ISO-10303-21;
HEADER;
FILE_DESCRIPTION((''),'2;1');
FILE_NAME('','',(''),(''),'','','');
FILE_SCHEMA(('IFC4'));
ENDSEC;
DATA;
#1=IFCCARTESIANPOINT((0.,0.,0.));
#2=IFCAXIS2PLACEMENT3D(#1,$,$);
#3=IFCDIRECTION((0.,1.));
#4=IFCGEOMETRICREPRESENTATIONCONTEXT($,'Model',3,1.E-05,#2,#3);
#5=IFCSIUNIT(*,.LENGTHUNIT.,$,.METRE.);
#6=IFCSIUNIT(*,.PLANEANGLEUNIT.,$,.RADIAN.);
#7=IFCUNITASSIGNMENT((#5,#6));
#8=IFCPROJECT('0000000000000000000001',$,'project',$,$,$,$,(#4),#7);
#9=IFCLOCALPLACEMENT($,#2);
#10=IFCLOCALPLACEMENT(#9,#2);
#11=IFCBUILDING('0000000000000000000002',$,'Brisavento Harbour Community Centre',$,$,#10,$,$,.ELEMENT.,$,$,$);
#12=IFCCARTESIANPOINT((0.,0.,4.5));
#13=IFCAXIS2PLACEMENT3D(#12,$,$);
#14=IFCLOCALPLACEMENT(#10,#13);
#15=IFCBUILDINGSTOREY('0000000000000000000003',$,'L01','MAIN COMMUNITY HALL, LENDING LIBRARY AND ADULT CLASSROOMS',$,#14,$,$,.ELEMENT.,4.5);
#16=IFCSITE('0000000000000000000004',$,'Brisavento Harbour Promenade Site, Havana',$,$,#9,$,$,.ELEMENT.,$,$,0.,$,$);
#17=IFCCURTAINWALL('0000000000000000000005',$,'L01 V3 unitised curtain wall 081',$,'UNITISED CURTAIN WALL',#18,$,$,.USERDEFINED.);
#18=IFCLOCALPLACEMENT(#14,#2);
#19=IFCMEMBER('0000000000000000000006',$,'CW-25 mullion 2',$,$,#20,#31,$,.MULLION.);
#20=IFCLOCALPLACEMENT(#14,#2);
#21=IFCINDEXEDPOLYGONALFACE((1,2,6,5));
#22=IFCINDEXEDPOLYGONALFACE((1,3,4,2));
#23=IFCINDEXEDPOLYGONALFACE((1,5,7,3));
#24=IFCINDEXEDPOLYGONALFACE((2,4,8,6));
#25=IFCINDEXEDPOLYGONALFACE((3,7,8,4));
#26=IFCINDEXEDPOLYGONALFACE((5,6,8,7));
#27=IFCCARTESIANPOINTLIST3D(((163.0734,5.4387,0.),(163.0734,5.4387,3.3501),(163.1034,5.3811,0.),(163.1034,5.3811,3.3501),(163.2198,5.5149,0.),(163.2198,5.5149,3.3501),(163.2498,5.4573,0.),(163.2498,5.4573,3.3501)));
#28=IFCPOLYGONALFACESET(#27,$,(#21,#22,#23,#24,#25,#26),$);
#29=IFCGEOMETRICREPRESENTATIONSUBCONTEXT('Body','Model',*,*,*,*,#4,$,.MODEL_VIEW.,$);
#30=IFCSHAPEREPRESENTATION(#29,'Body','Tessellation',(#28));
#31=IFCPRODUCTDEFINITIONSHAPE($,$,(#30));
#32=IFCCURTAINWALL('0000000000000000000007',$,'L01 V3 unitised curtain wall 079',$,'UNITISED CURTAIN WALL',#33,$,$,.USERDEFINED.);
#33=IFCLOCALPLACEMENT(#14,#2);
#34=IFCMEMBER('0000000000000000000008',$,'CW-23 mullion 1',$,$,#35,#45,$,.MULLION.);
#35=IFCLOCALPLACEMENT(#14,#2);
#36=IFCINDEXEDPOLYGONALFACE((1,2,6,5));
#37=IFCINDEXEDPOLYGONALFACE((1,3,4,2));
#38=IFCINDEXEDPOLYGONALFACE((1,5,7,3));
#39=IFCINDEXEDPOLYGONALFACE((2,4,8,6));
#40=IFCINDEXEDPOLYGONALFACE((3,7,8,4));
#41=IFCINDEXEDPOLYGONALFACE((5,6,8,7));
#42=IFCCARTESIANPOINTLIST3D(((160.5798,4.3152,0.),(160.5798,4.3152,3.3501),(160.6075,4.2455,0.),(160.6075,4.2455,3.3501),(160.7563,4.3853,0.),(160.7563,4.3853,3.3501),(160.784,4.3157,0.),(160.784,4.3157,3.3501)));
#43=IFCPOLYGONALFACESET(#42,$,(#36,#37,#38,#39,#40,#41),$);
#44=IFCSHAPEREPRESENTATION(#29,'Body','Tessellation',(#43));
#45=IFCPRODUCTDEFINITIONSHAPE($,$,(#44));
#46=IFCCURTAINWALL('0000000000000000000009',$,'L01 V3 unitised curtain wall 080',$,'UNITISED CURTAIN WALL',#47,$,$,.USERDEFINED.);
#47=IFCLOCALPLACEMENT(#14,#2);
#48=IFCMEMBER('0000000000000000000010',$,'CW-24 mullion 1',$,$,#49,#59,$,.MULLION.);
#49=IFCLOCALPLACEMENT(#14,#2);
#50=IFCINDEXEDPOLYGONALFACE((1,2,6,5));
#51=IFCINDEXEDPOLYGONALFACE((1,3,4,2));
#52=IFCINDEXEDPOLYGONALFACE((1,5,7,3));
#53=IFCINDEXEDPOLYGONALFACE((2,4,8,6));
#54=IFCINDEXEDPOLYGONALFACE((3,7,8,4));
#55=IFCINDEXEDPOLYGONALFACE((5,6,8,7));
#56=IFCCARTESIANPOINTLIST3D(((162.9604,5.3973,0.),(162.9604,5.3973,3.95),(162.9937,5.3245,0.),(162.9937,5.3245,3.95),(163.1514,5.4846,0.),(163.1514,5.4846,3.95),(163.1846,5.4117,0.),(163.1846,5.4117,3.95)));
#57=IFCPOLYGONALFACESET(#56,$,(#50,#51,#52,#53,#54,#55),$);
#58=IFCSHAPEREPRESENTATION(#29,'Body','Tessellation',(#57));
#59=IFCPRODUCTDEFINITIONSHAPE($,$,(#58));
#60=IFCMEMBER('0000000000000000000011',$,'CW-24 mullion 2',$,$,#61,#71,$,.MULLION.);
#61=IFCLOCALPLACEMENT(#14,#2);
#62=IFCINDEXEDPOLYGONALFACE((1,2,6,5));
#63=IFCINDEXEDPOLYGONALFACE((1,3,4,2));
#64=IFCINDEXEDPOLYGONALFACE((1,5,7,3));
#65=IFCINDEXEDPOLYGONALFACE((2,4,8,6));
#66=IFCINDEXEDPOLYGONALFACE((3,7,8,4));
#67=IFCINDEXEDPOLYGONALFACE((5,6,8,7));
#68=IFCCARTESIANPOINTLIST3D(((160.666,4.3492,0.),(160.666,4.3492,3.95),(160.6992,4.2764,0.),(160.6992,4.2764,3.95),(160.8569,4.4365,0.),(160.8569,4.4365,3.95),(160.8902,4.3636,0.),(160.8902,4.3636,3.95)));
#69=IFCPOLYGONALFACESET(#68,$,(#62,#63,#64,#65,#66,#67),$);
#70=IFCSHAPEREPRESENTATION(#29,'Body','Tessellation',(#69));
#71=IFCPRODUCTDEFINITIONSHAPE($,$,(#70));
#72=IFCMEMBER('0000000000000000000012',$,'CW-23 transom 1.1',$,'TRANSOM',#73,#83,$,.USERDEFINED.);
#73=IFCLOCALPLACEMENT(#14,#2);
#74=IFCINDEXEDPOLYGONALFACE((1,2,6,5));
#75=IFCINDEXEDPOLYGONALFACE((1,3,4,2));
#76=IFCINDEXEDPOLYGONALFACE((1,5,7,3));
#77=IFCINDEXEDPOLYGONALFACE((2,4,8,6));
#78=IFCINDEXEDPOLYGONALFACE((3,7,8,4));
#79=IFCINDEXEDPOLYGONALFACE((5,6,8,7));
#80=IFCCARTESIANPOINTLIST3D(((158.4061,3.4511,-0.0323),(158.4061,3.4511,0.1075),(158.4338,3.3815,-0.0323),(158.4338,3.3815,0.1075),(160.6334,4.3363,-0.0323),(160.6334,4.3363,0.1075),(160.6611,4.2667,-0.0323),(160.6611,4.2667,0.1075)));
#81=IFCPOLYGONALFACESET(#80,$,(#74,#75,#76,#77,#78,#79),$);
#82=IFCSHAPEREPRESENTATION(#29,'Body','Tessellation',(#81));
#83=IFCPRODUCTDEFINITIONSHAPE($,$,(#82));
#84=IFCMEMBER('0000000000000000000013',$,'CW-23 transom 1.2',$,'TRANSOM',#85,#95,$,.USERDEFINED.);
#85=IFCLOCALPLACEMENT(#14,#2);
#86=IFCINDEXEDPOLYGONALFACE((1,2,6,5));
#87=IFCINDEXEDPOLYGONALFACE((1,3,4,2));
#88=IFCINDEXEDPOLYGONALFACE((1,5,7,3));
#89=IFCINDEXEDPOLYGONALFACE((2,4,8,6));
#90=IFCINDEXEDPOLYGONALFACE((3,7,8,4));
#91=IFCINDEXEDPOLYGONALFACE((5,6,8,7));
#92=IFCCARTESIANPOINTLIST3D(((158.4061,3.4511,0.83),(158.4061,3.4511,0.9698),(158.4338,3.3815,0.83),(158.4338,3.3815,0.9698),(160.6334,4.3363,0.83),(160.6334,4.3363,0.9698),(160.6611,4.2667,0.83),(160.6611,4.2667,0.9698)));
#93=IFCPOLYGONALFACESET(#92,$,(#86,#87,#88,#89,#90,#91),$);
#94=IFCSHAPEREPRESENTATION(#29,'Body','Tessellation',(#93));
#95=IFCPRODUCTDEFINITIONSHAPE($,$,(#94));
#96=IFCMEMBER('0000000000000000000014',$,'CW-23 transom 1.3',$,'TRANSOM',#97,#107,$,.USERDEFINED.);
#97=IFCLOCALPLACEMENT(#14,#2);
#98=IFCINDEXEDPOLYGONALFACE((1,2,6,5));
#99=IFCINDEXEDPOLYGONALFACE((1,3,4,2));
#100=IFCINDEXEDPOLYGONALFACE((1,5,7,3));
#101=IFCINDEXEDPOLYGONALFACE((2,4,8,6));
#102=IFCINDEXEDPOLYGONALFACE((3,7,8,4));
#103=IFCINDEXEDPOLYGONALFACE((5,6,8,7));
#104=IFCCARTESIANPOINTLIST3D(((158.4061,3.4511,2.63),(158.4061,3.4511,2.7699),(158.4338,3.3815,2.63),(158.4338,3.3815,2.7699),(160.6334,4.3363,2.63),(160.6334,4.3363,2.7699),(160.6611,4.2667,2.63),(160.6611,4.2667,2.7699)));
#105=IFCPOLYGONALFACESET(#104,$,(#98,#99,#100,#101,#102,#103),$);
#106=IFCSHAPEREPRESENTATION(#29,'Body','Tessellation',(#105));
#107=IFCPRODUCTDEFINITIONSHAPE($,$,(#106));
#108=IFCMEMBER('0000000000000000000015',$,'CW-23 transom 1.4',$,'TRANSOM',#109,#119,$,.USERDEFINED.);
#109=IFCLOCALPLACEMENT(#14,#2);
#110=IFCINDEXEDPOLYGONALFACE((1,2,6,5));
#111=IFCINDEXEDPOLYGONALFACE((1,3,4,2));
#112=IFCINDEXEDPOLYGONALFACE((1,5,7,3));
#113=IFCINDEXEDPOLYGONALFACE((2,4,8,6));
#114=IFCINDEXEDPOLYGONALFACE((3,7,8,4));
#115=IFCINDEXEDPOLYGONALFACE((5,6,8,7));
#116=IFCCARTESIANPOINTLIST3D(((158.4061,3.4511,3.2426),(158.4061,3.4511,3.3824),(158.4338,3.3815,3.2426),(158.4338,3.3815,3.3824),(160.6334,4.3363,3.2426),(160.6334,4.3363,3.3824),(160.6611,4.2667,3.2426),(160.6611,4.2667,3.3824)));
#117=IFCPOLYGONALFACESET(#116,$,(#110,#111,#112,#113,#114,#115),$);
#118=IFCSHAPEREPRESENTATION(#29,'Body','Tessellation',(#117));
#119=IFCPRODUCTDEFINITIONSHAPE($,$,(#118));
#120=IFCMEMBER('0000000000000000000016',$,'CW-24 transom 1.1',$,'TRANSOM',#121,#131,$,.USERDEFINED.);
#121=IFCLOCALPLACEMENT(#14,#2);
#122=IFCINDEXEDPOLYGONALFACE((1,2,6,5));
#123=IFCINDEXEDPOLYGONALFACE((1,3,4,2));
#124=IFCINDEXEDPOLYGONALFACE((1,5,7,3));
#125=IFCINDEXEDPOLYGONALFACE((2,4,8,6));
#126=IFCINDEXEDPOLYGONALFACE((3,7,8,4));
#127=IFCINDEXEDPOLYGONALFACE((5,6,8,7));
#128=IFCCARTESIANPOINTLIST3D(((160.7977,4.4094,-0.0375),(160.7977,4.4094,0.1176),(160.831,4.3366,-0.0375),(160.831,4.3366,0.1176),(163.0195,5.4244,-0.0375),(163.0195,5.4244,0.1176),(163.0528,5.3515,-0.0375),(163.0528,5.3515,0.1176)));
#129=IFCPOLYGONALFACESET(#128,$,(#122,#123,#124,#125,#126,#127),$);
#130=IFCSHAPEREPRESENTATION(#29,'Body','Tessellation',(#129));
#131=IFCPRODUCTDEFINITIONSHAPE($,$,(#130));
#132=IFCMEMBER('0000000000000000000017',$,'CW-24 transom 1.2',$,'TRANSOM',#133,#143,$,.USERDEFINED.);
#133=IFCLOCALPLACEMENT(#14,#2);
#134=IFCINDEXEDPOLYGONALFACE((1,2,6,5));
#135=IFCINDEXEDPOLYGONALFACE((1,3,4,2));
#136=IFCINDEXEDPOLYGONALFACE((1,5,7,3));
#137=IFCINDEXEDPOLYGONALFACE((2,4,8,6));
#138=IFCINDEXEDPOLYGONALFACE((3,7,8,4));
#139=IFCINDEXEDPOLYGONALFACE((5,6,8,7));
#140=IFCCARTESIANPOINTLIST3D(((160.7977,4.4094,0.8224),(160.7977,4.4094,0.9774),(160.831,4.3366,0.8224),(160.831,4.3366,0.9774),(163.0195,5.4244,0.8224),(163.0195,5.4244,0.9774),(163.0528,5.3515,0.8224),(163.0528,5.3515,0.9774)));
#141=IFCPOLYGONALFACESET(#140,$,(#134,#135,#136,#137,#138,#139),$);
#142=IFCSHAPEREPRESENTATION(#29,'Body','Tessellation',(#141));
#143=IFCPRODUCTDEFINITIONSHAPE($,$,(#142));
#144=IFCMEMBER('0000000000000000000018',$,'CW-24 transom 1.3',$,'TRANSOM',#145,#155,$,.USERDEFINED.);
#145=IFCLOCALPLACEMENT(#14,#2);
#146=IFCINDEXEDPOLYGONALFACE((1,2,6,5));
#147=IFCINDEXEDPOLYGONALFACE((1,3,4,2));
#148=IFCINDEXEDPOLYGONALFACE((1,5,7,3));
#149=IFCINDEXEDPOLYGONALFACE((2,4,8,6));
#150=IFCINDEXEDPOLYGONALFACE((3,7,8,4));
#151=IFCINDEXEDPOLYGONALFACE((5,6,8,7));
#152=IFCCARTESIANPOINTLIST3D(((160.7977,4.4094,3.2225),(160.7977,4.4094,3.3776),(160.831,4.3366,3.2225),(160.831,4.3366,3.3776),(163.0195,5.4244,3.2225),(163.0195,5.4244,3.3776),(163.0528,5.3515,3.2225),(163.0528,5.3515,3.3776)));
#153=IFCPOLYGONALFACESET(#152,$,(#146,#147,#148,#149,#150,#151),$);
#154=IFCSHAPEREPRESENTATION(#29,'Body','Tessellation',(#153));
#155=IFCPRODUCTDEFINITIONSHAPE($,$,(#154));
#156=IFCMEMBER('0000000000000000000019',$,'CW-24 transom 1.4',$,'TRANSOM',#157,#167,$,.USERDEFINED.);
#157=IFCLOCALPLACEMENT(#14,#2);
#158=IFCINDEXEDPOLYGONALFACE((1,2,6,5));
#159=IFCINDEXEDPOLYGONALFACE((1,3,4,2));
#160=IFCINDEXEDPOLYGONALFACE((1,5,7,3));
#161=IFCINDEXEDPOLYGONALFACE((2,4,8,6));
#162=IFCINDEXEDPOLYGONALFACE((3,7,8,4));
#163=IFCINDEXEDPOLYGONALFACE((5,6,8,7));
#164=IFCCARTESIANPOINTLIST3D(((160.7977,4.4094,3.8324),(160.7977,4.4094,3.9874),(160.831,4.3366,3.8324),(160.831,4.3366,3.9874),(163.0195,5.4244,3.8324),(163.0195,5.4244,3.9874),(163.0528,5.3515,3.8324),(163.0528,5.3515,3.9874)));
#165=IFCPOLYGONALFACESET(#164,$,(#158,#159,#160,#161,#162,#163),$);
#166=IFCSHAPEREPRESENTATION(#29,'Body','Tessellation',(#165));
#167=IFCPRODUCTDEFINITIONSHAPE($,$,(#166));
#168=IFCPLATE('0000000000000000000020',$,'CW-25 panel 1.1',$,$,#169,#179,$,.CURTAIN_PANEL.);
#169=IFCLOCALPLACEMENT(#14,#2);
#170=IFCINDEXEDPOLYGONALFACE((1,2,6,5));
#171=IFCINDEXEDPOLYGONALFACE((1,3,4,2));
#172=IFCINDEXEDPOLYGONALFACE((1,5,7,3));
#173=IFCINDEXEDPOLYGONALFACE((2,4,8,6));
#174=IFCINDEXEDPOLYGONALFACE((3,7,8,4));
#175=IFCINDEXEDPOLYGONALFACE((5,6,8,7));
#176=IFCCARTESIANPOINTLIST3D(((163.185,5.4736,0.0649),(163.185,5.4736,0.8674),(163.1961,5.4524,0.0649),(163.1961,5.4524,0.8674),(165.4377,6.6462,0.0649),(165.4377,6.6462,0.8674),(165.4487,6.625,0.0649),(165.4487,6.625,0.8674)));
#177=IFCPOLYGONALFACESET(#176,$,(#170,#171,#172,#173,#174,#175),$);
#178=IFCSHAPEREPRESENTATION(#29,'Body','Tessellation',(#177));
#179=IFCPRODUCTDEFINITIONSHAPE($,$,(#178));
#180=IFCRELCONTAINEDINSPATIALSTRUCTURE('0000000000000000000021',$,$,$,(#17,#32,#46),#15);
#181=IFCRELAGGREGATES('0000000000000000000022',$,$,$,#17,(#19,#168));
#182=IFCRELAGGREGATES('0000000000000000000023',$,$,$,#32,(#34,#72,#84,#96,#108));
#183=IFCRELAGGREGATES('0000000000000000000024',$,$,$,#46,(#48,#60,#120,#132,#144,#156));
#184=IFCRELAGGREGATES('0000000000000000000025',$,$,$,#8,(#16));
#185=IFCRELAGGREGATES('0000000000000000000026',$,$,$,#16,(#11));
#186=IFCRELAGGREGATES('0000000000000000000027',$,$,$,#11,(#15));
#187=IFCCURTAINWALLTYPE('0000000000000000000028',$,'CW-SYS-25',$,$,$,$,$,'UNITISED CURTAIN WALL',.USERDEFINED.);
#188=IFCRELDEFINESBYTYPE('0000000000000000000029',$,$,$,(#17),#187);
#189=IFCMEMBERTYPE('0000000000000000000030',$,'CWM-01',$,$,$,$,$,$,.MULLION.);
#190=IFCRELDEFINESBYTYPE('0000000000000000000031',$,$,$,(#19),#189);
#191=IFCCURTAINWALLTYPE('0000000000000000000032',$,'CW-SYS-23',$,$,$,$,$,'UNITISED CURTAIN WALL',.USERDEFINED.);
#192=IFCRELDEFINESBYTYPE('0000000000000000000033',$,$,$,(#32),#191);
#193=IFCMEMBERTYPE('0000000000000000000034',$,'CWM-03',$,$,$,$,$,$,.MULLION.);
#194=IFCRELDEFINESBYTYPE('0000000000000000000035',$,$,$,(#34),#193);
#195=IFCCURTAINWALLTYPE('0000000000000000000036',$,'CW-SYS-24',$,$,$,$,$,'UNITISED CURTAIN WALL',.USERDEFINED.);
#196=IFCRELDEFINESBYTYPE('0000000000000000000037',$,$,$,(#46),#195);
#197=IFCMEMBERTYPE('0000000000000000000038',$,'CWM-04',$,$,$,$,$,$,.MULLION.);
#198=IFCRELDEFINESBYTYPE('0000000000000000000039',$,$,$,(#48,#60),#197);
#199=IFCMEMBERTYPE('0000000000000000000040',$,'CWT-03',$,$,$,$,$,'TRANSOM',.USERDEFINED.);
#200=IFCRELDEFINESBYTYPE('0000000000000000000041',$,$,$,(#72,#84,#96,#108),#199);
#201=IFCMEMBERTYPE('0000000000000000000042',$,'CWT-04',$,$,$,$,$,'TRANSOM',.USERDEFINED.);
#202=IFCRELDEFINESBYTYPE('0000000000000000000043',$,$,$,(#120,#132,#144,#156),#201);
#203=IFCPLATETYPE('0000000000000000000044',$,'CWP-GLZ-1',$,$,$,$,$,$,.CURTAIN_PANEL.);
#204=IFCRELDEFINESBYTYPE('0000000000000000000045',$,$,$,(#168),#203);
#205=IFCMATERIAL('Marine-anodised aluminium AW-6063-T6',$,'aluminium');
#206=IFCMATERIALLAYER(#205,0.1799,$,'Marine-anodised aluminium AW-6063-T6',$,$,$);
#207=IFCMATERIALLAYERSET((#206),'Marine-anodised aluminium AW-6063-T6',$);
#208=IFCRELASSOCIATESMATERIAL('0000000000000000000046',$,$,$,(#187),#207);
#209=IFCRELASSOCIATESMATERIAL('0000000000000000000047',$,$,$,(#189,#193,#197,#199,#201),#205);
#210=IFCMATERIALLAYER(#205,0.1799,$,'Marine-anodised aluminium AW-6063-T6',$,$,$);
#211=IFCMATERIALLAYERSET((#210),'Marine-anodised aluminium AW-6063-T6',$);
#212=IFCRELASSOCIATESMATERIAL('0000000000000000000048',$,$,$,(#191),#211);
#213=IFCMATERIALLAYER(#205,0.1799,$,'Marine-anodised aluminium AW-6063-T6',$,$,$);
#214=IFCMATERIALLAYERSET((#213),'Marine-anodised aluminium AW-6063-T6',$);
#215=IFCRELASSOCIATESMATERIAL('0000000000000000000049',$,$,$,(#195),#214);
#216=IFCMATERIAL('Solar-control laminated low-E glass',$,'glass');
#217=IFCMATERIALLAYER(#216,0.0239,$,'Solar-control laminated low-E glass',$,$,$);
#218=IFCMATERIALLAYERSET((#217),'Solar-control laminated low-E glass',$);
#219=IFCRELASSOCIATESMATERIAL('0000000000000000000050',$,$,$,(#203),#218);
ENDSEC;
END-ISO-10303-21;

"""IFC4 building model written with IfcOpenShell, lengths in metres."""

from ifc_helpers import new_model, si_unit, direction, frame, origin, origin_2d, place, context, subcontext, project, spatial, rectangle, extrude, material, layer, layer_set, material_profile, profile_set, type_object, element, aggregate, save


model = new_model("IFC4")

# Units and contexts
model_context = context("Model", 3, precision=1e-05, world=origin(), true_north=direction((0.0, 1.0)))
body_context = subcontext(model_context, "Body", "Model", "MODEL_VIEW")
ifc_project = project(units=[si_unit("LENGTHUNIT", "METRE"), si_unit("PLANEANGLEUNIT", "RADIAN")], contexts=[model_context])

# Site, building, storey
site_placement = place(None, origin())
site = spatial("IfcSite", under=ifc_project, at=site_placement, Name="Brisavento Harbour Promenade Site, Havana", CompositionType="ELEMENT", RefElevation=0.0)
building_placement = place(site_placement, origin())
building = spatial("IfcBuilding", under=site, at=building_placement, Name="Brisavento Harbour Community Centre", CompositionType="ELEMENT")
storey_placement = place(building_placement, frame((0.0, 0.0, 4.5)))
storey = spatial("IfcBuildingStorey", under=building, at=storey_placement, Name="L01", Description="MAIN COMMUNITY HALL, LENDING LIBRARY AND ADULT CLASSROOMS", CompositionType="ELEMENT", Elevation=4.5)

# Curtain walls, members
ifc_material_1 = material(Name="Marine-anodised aluminium AW-6063-T6", Category="aluminium")
ifc_layer_1 = layer(ifc_material_1, 0.1799, Name="Marine-anodised aluminium AW-6063-T6")
ifc_layer_set_1 = layer_set([ifc_layer_1], Name="Marine-anodised aluminium AW-6063-T6")
curtain_wall_type_1 = type_object("IfcCurtainWallType", Name="CW-SYS-25", ElementType="UNITISED CURTAIN WALL", PredefinedType="USERDEFINED", material=ifc_layer_set_1)
curtain_wall_1_placement = place(storey_placement, origin())
curtain_wall_1 = element("IfcCurtainWall", 1, at=curtain_wall_1_placement, inside=storey, type_object=curtain_wall_type_1, Name="L01 V3 unitised curtain wall 081", ObjectType="UNITISED CURTAIN WALL", PredefinedType="USERDEFINED")
ifc_material_profile_1 = material_profile(ifc_material_1, rectangle(XDim=0.0649, YDim=0.165, at=origin_2d()), Name="Marine-anodised aluminium AW-6063-T6")
ifc_profile_set_1 = profile_set([ifc_material_profile_1], Name="Marine-anodised aluminium AW-6063-T6")
member_type_1 = type_object("IfcMemberType", Name="CWM-01", PredefinedType="MULLION", material=ifc_profile_set_1)
member_1_placement = place(storey_placement, frame((163.1616, 5.448, 0.0), z_axis=(0.0, 0.0, 1.0), x_axis=(0.461718, -0.887027, 0.0)))
member_1 = element("IfcMember", 2, at=member_1_placement, type_object=member_type_1, Name="CW-25 mullion 2", PredefinedType="MULLION", context=body_context, shape_type="SweptSolid", body=[
    extrude(rectangle(XDim=0.0649, YDim=0.165, at=origin_2d()), origin(), (0.0, 0.0, 1.0), 3.3501),
])
ifc_layer_2 = layer(ifc_material_1, 0.1799, Name="Marine-anodised aluminium AW-6063-T6")
ifc_layer_set_2 = layer_set([ifc_layer_2], Name="Marine-anodised aluminium AW-6063-T6")
curtain_wall_type_2 = type_object("IfcCurtainWallType", Name="CW-SYS-23", ElementType="UNITISED CURTAIN WALL", PredefinedType="USERDEFINED", material=ifc_layer_set_2)
curtain_wall_2_placement = place(storey_placement, origin())
curtain_wall_2 = element("IfcCurtainWall", 3, at=curtain_wall_2_placement, inside=storey, type_object=curtain_wall_type_2, Name="L01 V3 unitised curtain wall 079", ObjectType="UNITISED CURTAIN WALL", PredefinedType="USERDEFINED")
ifc_material_profile_2 = material_profile(ifc_material_1, rectangle(XDim=0.075, YDim=0.1899, at=origin_2d()), Name="Marine-anodised aluminium AW-6063-T6")
ifc_profile_set_2 = profile_set([ifc_material_profile_2], Name="Marine-anodised aluminium AW-6063-T6")
member_type_2 = type_object("IfcMemberType", Name="CWM-03", PredefinedType="MULLION", material=ifc_profile_set_2)
member_2_placement = place(storey_placement, frame((160.6819, 4.3154, 0.0), z_axis=(0.0, 0.0, 1.0), x_axis=(0.369379, -0.929279, 0.0)))
member_2 = element("IfcMember", 4, at=member_2_placement, type_object=member_type_2, Name="CW-23 mullion 1", PredefinedType="MULLION", context=body_context, shape_type="SweptSolid", body=[
    extrude(rectangle(XDim=0.075, YDim=0.1899, at=origin_2d()), origin(), (0.0, 0.0, 1.0), 3.3501),
])

# Curtain wall, members
ifc_layer_3 = layer(ifc_material_1, 0.1799, Name="Marine-anodised aluminium AW-6063-T6")
ifc_layer_set_3 = layer_set([ifc_layer_3], Name="Marine-anodised aluminium AW-6063-T6")
curtain_wall_type_3 = type_object("IfcCurtainWallType", Name="CW-SYS-24", ElementType="UNITISED CURTAIN WALL", PredefinedType="USERDEFINED", material=ifc_layer_set_3)
curtain_wall_3_placement = place(storey_placement, origin())
curtain_wall_3 = element("IfcCurtainWall", 5, at=curtain_wall_3_placement, inside=storey, type_object=curtain_wall_type_3, Name="L01 V3 unitised curtain wall 080", ObjectType="UNITISED CURTAIN WALL", PredefinedType="USERDEFINED")
ifc_material_profile_3 = material_profile(ifc_material_1, rectangle(XDim=0.0801, YDim=0.21, at=origin_2d()), Name="Marine-anodised aluminium AW-6063-T6")
ifc_profile_set_3 = profile_set([ifc_material_profile_3], Name="Marine-anodised aluminium AW-6063-T6")
member_type_3 = type_object("IfcMemberType", Name="CWM-04", PredefinedType="MULLION", material=ifc_profile_set_3)
member_3_placement = place(storey_placement, frame((163.0725, 5.4045, 0.0), z_axis=(0.0, 0.0, 1.0), x_axis=(0.41549, -0.909598, 0.0)))
member_3 = element("IfcMember", 6, at=member_3_placement, type_object=member_type_3, Name="CW-24 mullion 1", PredefinedType="MULLION", context=body_context, shape_type="SweptSolid", body=[
    extrude(rectangle(XDim=0.0801, YDim=0.21, at=origin_2d()), origin(), (0.0, 0.0, 1.0), 3.95),
])
member_4_placement = place(storey_placement, frame((160.7781, 4.3564, 0.0), z_axis=(0.0, 0.0, 1.0), x_axis=(0.41549, -0.909598, 0.0)))
member_4 = element("IfcMember", 7, at=member_4_placement, type_object=member_type_3, Name="CW-24 mullion 2", PredefinedType="MULLION", context=body_context, shape_type="SweptSolid", body=[
    extrude(rectangle(XDim=0.0801, YDim=0.21, at=origin_2d()), origin(), (0.0, 0.0, 1.0), 3.95),
])

# Members
ifc_material_profile_4 = material_profile(ifc_material_1, rectangle(XDim=0.075, YDim=0.1399, at=origin_2d()), Name="Marine-anodised aluminium AW-6063-T6")
ifc_profile_set_4 = profile_set([ifc_material_profile_4], Name="Marine-anodised aluminium AW-6063-T6")
member_type_4 = type_object("IfcMemberType", Name="CWT-03", ElementType="TRANSOM", PredefinedType="USERDEFINED", material=ifc_profile_set_4)
member_5_placement = place(storey_placement, frame((160.6472, 4.3015, 0.0376), z_axis=(-0.929289, -0.369353, 0.0), x_axis=(0.369353, -0.929289, 0.0)))
member_5 = element("IfcMember", 8, at=member_5_placement, type_object=member_type_4, Name="CW-23 transom 1.1", ObjectType="TRANSOM", PredefinedType="USERDEFINED", context=body_context, shape_type="SweptSolid", body=[
    extrude(rectangle(XDim=0.075, YDim=0.1399, at=origin_2d()), origin(), (0.0, 0.0, 1.0), 2.3967),
])
member_6_placement = place(storey_placement, frame((160.6472, 4.3015, 0.8999), z_axis=(-0.929289, -0.369353, 0.0), x_axis=(0.369353, -0.929289, 0.0)))
member_6 = element("IfcMember", 9, at=member_6_placement, type_object=member_type_4, Name="CW-23 transom 1.2", ObjectType="TRANSOM", PredefinedType="USERDEFINED", context=body_context, shape_type="SweptSolid", body=[
    extrude(rectangle(XDim=0.075, YDim=0.1399, at=origin_2d()), origin(), (0.0, 0.0, 1.0), 2.3967),
])
member_7_placement = place(storey_placement, frame((160.6472, 4.3015, 2.7), z_axis=(-0.929289, -0.369353, 0.0), x_axis=(0.369353, -0.929289, 0.0)))
member_7 = element("IfcMember", 10, at=member_7_placement, type_object=member_type_4, Name="CW-23 transom 1.3", ObjectType="TRANSOM", PredefinedType="USERDEFINED", context=body_context, shape_type="SweptSolid", body=[
    extrude(rectangle(XDim=0.075, YDim=0.1399, at=origin_2d()), origin(), (0.0, 0.0, 1.0), 2.3967),
])
member_8_placement = place(storey_placement, frame((160.6472, 4.3015, 3.3125), z_axis=(-0.929289, -0.369353, 0.0), x_axis=(0.369353, -0.929289, 0.0)))
member_8 = element("IfcMember", 11, at=member_8_placement, type_object=member_type_4, Name="CW-23 transom 1.4", ObjectType="TRANSOM", PredefinedType="USERDEFINED", context=body_context, shape_type="SweptSolid", body=[
    extrude(rectangle(XDim=0.075, YDim=0.1399, at=origin_2d()), origin(), (0.0, 0.0, 1.0), 2.3967),
])
ifc_material_profile_5 = material_profile(ifc_material_1, rectangle(XDim=0.0801, YDim=0.155, at=origin_2d()), Name="Marine-anodised aluminium AW-6063-T6")
ifc_profile_set_5 = profile_set([ifc_material_profile_5], Name="Marine-anodised aluminium AW-6063-T6")
member_type_5 = type_object("IfcMemberType", Name="CWT-04", ElementType="TRANSOM", PredefinedType="USERDEFINED", material=ifc_profile_set_5)
member_9_placement = place(storey_placement, frame((163.0361, 5.3879, 0.04), z_axis=(-0.909588, -0.415512, 0.0), x_axis=(0.415512, -0.909588, 0.0)))
member_9 = element("IfcMember", 12, at=member_9_placement, type_object=member_type_5, Name="CW-24 transom 1.1", ObjectType="TRANSOM", PredefinedType="USERDEFINED", context=body_context, shape_type="SweptSolid", body=[
    extrude(rectangle(XDim=0.0801, YDim=0.155, at=origin_2d()), origin(), (0.0, 0.0, 1.0), 2.4426),
])
member_10_placement = place(storey_placement, frame((163.0361, 5.3879, 0.8999), z_axis=(-0.909588, -0.415512, 0.0), x_axis=(0.415512, -0.909588, 0.0)))
member_10 = element("IfcMember", 13, at=member_10_placement, type_object=member_type_5, Name="CW-24 transom 1.2", ObjectType="TRANSOM", PredefinedType="USERDEFINED", context=body_context, shape_type="SweptSolid", body=[
    extrude(rectangle(XDim=0.0801, YDim=0.155, at=origin_2d()), origin(), (0.0, 0.0, 1.0), 2.4426),
])
member_11_placement = place(storey_placement, frame((163.0361, 5.3879, 3.3), z_axis=(-0.909588, -0.415512, 0.0), x_axis=(0.415512, -0.909588, 0.0)))
member_11 = element("IfcMember", 14, at=member_11_placement, type_object=member_type_5, Name="CW-24 transom 1.3", ObjectType="TRANSOM", PredefinedType="USERDEFINED", context=body_context, shape_type="SweptSolid", body=[
    extrude(rectangle(XDim=0.0801, YDim=0.155, at=origin_2d()), origin(), (0.0, 0.0, 1.0), 2.4426),
])
member_12_placement = place(storey_placement, frame((163.0361, 5.3879, 3.9099), z_axis=(-0.909588, -0.415512, 0.0), x_axis=(0.415512, -0.909588, 0.0)))
member_12 = element("IfcMember", 15, at=member_12_placement, type_object=member_type_5, Name="CW-24 transom 1.4", ObjectType="TRANSOM", PredefinedType="USERDEFINED", context=body_context, shape_type="SweptSolid", body=[
    extrude(rectangle(XDim=0.0801, YDim=0.155, at=origin_2d()), origin(), (0.0, 0.0, 1.0), 2.4426),
])

# Plate
ifc_material_2 = material(Name="Solar-control laminated low-E glass", Category="glass")
ifc_layer_4 = layer(ifc_material_2, 0.0239, Name="Solar-control laminated low-E glass")
ifc_layer_set_4 = layer_set([ifc_layer_4], Name="Solar-control laminated low-E glass")
plate_type_1 = type_object("IfcPlateType", Name="CWP-GLZ-1", PredefinedType="CURTAIN_PANEL", material=ifc_layer_set_4)
plate_1_placement = place(storey_placement, frame((164.3169, 6.0493, 0.0649), z_axis=(0.0, 0.0, 1.0), x_axis=(-0.887027, -0.461718, 0.0)))
plate_1 = element("IfcPlate", 16, at=plate_1_placement, type_object=plate_type_1, Name="CW-25 panel 1.1", PredefinedType="CURTAIN_PANEL", context=body_context, shape_type="SweptSolid", body=[
    extrude(rectangle(XDim=2.5396, YDim=0.0239, at=origin_2d()), origin(), (0.0, 0.0, 1.0), 0.8025),
])
aggregate(curtain_wall_1, [member_1, plate_1])
aggregate(curtain_wall_2, [member_2, member_5, member_6, member_7, member_8])
aggregate(curtain_wall_3, [member_3, member_4, member_9, member_10, member_11, member_12])

save(model, "model.ifc")
